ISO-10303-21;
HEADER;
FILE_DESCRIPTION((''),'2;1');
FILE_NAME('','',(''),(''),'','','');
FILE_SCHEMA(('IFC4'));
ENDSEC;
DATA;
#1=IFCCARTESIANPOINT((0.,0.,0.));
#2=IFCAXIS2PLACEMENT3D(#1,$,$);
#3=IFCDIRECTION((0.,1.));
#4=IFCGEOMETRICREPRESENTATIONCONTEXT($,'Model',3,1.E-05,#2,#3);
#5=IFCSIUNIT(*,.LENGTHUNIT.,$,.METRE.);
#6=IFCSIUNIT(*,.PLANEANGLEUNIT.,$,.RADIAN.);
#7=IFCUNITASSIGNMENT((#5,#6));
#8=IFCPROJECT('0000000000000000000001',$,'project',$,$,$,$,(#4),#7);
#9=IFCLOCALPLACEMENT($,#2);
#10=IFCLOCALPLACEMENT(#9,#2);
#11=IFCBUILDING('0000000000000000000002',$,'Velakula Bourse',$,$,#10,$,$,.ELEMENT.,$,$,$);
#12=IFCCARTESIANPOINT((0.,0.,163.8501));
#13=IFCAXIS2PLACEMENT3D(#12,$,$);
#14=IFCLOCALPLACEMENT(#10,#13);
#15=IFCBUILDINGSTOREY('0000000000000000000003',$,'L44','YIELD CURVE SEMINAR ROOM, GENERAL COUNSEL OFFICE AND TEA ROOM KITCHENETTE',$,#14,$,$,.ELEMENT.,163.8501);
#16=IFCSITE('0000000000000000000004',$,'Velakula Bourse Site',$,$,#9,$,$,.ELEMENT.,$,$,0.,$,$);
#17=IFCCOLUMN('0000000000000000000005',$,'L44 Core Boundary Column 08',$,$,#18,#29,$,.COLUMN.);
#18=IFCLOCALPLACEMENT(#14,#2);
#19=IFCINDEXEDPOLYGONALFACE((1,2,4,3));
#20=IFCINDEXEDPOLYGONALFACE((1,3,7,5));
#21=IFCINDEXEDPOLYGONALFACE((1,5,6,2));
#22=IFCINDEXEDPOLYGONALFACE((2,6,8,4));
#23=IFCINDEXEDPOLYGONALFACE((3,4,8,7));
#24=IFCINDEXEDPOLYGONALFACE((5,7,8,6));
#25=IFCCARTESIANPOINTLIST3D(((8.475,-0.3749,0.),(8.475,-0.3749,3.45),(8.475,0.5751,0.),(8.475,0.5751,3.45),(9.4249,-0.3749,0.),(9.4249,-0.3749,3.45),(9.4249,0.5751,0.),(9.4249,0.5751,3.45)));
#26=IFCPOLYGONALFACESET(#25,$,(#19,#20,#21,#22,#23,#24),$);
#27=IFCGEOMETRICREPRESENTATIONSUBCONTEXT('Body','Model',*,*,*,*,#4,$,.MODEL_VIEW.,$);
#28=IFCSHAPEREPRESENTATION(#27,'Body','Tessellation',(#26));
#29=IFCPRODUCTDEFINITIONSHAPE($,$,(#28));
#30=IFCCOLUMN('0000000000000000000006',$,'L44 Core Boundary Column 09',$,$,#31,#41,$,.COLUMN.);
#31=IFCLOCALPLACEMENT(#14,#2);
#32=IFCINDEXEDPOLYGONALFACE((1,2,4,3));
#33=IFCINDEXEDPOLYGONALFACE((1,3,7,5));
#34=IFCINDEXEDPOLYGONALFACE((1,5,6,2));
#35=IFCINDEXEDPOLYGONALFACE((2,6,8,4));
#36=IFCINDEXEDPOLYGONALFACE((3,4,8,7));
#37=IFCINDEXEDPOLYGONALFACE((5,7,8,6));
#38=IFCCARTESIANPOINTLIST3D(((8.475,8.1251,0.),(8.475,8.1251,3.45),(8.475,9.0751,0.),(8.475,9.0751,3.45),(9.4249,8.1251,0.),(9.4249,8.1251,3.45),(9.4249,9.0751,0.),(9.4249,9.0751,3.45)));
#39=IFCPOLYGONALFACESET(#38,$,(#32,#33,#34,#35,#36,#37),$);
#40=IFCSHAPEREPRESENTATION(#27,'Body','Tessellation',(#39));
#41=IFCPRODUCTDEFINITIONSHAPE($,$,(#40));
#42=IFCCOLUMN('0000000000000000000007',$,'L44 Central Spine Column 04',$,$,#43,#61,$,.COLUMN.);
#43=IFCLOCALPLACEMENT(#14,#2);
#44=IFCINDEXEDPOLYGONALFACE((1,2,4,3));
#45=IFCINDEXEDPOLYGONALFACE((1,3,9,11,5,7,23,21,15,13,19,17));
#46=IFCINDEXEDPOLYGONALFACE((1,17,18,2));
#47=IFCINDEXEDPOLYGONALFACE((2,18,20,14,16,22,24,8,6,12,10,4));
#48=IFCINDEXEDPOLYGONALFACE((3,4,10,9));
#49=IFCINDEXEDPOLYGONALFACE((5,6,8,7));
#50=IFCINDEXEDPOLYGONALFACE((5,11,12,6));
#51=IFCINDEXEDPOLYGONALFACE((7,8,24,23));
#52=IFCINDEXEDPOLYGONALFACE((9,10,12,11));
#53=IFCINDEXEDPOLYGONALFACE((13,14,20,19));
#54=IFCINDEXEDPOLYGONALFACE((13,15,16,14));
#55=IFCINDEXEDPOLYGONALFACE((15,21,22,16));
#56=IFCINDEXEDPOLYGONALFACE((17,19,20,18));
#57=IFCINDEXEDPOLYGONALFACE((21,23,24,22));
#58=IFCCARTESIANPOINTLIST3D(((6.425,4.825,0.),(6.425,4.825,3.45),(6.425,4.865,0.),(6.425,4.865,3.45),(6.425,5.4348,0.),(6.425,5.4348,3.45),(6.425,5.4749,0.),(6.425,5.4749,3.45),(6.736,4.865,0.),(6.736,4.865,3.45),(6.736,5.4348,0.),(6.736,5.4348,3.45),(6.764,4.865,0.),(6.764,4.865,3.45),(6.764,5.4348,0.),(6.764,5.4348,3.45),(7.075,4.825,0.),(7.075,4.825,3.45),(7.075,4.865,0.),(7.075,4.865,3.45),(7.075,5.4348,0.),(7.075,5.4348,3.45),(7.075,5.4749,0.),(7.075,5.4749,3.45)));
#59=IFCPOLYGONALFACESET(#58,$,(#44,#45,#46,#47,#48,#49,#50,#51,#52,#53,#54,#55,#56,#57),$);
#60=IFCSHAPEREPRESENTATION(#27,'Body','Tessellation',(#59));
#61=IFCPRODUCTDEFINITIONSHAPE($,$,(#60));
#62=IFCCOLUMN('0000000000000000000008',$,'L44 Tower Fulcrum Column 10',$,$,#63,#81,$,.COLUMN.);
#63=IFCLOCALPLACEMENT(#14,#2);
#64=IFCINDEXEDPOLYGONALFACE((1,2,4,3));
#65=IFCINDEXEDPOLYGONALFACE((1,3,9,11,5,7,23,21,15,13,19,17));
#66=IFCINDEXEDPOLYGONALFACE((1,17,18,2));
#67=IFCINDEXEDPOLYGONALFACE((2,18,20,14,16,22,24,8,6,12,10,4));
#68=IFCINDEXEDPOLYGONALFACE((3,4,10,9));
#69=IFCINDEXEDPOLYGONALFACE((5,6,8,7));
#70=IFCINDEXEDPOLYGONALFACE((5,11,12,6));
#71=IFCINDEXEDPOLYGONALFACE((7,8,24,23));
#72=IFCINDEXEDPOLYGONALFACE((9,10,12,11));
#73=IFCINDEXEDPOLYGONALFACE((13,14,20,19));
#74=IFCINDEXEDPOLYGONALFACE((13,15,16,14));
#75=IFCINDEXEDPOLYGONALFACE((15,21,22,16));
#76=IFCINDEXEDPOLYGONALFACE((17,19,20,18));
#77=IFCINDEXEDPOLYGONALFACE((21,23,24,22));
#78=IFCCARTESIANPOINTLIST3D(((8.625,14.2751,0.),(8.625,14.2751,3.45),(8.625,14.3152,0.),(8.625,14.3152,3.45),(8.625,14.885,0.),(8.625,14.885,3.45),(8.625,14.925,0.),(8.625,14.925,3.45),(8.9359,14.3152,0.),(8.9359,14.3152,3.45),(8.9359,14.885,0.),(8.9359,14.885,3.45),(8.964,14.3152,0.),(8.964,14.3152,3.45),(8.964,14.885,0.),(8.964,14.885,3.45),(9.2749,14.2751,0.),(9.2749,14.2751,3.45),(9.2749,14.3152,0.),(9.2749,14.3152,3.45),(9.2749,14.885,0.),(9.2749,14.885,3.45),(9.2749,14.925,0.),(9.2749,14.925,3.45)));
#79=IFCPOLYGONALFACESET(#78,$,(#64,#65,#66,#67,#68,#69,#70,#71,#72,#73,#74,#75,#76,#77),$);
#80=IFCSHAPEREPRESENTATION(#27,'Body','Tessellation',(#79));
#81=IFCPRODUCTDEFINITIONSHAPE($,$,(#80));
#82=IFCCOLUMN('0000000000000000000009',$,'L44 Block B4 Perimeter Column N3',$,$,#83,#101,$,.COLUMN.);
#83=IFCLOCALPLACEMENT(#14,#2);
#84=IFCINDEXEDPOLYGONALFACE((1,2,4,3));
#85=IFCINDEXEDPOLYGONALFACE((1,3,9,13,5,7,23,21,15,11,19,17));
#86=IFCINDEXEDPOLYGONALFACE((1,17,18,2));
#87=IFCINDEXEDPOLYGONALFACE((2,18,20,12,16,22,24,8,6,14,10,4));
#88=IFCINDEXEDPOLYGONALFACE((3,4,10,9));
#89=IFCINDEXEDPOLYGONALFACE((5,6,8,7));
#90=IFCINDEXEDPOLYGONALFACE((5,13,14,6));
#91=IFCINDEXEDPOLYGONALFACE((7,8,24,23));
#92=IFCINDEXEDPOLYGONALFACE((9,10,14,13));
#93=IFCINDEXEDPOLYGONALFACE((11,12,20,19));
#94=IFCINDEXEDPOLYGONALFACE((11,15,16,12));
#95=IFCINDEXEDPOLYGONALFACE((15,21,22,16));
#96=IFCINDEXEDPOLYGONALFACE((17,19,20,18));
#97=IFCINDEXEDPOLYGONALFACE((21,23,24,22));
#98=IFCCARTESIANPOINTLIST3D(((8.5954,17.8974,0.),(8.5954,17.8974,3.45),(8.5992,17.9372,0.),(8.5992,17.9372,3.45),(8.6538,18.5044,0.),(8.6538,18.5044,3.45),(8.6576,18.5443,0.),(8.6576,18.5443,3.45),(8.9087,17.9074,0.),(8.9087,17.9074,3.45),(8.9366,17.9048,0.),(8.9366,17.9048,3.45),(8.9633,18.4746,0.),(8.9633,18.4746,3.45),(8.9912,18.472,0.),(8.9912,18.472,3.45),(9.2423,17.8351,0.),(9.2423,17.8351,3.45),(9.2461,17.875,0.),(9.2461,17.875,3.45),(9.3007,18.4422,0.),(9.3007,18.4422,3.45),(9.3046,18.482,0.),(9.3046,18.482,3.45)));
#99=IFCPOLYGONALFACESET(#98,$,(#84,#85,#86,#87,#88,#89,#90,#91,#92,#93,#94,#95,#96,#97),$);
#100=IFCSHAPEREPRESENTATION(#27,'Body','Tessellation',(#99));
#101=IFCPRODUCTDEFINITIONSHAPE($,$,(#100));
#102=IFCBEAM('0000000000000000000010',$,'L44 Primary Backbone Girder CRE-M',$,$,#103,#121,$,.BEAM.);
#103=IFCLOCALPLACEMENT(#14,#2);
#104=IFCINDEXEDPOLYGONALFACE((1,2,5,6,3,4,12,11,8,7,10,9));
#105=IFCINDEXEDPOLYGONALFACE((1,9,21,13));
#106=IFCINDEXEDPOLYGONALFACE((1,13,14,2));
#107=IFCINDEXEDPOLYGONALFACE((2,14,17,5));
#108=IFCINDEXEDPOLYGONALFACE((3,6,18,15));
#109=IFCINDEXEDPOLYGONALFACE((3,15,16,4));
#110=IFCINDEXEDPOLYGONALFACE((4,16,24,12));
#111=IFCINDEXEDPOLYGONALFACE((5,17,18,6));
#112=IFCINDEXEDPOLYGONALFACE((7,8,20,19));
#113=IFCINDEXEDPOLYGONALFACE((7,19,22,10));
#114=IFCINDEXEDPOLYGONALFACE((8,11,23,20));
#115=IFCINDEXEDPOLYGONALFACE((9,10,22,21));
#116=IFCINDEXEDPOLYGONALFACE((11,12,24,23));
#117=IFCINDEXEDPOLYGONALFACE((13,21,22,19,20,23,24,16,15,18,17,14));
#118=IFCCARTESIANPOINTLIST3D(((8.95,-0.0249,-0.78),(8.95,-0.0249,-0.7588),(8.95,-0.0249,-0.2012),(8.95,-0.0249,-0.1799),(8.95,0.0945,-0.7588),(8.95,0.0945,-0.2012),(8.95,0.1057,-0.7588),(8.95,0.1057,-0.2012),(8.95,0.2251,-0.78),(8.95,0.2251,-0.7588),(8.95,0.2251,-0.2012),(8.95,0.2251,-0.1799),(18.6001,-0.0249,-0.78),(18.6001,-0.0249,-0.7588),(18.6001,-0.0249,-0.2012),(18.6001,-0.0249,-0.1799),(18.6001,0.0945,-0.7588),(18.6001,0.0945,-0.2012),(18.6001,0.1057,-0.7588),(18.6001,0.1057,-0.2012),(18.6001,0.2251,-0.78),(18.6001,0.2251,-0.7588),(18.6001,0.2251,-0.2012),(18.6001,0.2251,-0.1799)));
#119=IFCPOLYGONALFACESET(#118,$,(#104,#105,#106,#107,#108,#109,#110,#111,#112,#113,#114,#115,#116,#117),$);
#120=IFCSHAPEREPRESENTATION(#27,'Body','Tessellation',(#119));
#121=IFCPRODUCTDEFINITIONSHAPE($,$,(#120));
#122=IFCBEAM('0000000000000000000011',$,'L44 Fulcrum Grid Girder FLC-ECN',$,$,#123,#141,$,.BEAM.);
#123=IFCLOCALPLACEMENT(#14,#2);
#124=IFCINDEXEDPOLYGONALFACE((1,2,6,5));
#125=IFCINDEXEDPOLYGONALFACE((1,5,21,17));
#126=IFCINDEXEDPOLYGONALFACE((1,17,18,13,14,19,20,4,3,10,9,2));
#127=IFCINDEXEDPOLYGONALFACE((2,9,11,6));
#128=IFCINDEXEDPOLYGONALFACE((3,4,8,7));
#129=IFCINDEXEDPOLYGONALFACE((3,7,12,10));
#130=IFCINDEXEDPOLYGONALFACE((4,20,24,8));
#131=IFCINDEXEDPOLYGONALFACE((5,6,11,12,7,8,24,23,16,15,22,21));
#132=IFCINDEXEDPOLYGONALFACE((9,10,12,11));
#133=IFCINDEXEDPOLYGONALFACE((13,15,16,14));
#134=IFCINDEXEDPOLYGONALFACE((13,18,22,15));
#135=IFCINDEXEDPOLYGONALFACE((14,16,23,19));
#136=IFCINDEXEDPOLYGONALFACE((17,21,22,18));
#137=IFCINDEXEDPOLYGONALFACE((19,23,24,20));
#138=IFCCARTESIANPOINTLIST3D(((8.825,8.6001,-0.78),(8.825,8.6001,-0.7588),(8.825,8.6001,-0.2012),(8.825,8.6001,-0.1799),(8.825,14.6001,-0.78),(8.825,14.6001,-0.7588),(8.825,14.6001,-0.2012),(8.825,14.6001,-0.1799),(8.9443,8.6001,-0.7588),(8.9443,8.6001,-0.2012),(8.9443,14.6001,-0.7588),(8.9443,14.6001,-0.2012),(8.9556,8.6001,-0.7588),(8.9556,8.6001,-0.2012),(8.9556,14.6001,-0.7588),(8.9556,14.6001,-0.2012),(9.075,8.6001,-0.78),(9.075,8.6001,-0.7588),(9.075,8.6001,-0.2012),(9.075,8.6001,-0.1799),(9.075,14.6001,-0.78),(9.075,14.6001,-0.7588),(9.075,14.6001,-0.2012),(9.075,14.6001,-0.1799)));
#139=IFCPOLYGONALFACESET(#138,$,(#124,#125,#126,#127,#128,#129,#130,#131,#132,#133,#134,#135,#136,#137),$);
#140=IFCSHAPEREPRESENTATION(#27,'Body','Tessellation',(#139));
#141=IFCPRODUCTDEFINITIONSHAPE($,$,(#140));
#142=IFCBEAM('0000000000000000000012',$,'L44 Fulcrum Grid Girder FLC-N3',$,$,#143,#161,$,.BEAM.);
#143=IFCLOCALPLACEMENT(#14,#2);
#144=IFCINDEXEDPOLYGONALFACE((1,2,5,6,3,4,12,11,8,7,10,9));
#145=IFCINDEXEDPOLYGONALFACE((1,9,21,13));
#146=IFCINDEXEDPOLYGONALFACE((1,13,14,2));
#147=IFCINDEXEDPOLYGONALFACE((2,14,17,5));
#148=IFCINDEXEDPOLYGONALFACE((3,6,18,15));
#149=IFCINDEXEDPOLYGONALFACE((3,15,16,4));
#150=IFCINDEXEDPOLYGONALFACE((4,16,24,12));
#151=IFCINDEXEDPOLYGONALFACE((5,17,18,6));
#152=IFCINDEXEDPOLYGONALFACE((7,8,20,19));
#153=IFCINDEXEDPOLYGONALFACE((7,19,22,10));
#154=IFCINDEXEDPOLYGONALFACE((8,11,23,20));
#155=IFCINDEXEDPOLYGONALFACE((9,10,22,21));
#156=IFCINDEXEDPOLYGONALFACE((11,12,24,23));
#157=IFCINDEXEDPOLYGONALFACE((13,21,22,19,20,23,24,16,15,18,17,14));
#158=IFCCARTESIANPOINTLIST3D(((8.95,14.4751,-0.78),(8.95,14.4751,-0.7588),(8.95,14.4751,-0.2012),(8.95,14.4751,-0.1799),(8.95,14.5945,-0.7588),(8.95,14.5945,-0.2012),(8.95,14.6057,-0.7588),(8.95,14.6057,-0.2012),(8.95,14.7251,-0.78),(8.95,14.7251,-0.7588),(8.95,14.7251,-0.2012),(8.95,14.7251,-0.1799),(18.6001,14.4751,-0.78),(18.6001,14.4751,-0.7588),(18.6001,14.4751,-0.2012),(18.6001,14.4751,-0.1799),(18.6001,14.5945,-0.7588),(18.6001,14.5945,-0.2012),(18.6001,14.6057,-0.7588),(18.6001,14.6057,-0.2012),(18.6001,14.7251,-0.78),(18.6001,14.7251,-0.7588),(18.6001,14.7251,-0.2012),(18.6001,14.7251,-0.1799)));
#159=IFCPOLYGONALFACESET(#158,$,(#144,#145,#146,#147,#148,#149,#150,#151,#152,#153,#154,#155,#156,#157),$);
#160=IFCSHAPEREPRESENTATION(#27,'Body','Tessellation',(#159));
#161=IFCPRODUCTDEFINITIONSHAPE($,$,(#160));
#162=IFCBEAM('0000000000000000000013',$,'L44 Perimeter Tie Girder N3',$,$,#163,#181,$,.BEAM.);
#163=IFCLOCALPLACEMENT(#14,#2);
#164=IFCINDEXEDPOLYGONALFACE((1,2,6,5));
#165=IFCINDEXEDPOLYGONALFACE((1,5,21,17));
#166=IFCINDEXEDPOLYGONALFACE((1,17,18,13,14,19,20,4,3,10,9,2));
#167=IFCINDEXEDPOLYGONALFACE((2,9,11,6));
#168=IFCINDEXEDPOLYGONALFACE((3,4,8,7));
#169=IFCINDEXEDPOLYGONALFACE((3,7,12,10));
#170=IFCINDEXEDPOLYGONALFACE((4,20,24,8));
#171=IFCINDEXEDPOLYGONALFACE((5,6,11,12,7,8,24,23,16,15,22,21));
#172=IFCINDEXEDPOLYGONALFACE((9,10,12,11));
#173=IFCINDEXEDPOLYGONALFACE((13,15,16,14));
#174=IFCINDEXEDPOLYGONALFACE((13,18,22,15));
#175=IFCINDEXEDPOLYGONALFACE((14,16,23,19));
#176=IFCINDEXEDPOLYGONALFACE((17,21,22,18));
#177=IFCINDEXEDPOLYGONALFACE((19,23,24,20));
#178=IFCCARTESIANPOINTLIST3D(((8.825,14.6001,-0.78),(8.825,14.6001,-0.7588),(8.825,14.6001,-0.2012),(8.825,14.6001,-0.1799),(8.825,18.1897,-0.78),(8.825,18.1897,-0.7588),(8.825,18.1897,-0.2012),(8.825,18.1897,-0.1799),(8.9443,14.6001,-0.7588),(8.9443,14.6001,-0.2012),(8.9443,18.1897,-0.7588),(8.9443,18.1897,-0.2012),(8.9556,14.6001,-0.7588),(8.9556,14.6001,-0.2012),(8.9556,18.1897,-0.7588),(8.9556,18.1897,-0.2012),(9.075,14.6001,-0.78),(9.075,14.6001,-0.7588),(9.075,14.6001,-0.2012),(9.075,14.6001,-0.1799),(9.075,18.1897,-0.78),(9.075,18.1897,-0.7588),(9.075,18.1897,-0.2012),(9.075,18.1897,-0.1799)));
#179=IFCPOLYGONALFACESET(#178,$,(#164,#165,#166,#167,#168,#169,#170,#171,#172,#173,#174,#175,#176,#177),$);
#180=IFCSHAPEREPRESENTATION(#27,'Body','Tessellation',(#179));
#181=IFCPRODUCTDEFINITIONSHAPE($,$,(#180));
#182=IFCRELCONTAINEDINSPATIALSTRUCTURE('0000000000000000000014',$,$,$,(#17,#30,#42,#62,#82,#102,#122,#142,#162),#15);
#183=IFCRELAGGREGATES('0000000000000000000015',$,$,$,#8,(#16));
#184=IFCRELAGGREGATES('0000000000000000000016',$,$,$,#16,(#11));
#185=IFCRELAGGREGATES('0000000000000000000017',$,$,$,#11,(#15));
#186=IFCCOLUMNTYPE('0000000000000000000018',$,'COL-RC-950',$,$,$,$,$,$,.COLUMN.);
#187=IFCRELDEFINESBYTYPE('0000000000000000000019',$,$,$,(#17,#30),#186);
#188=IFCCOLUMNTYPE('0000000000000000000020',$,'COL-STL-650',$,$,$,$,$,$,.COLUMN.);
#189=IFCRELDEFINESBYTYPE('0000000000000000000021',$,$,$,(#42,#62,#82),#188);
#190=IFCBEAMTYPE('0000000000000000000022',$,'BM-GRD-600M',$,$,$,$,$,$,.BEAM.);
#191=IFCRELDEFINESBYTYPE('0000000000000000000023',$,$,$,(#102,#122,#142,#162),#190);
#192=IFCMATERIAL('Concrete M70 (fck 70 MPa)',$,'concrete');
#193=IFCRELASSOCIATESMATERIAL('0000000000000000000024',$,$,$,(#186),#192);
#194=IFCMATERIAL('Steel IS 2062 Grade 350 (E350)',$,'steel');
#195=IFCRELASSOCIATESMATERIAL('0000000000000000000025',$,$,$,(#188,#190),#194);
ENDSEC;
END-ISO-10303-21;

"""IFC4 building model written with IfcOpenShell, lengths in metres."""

from ifc_helpers import new_model, si_unit, direction, frame, origin, origin_2d, place, context, subcontext, project, spatial, rectangle, i_section, extrude, material, material_profile, profile_set, type_object, element, save


model = new_model("IFC4")

# Units and contexts
model_context = context("Model", 3, precision=1e-05, world=origin(), true_north=direction((0.0, 1.0)))
body_context = subcontext(model_context, "Body", "Model", "MODEL_VIEW")
ifc_project = project(units=[si_unit("LENGTHUNIT", "METRE"), si_unit("PLANEANGLEUNIT", "RADIAN")], contexts=[model_context])

# Site, building, storey
site_placement = place(None, origin())
site = spatial("IfcSite", under=ifc_project, at=site_placement, Name="Velakula Bourse Site", CompositionType="ELEMENT", RefElevation=0.0)
building_placement = place(site_placement, origin())
building = spatial("IfcBuilding", under=site, at=building_placement, Name="Velakula Bourse", CompositionType="ELEMENT")
storey_placement = place(building_placement, frame((0.0, 0.0, 163.8501)))
storey = spatial("IfcBuildingStorey", under=building, at=storey_placement, Name="L44", Description="YIELD CURVE SEMINAR ROOM, GENERAL COUNSEL OFFICE AND TEA ROOM KITCHENETTE", CompositionType="ELEMENT", Elevation=163.8501)

# Columns
ifc_material_1 = material(Name="Concrete M70 (fck 70 MPa)", Category="concrete")
ifc_material_profile_1 = material_profile(ifc_material_1, rectangle(XDim=0.95, YDim=0.95, at=origin_2d()), Name="Concrete M70 (fck 70 MPa)")
ifc_profile_set_1 = profile_set([ifc_material_profile_1], Name="Concrete M70 (fck 70 MPa)")
column_type_1 = type_object("IfcColumnType", Name="COL-RC-950", PredefinedType="COLUMN", material=ifc_profile_set_1)
for number, where, z_axis, x_axis, name in (
    (1, (8.95, 0.1001, 0.0), (0.0, 0.0, 1.0), (1.0, 0.0, 0.0), "L44 Core Boundary Column 08"),
    (2, (8.95, 8.6001, 0.0), (0.0, 0.0, 1.0), (1.0, 0.0, 0.0), "L44 Core Boundary Column 09"),
):
    element("IfcColumn", number, at=place(storey_placement, frame(where, z_axis=z_axis, x_axis=x_axis)), inside=storey, type_object=column_type_1, Name=name, PredefinedType="COLUMN", context=body_context, shape_type="SweptSolid", body=[
        extrude(rectangle(XDim=0.95, YDim=0.95, at=origin_2d()), origin(), (0.0, 0.0, 1.0), 3.45),
    ])
ifc_material_2 = material(Name="Steel IS 2062 Grade 350 (E350)", Category="steel")
ifc_material_profile_2 = material_profile(ifc_material_2, i_section(OverallWidth=0.6499, OverallDepth=0.6499, WebThickness=0.0281, FlangeThickness=0.04, at=origin_2d()), Name="Steel IS 2062 Grade 350 (E350)")
ifc_profile_set_2 = profile_set([ifc_material_profile_2], Name="Steel IS 2062 Grade 350 (E350)")
column_type_2 = type_object("IfcColumnType", Name="COL-STL-650", PredefinedType="COLUMN", material=ifc_profile_set_2)
for number, where, z_axis, x_axis, name in (
    (3, (6.75, 5.1499, 0.0), (0.0, 0.0, 1.0), (1.0, 0.0, 0.0), "L44 Central Spine Column 04"),
    (4, (8.95, 14.6001, 0.0), (0.0, 0.0, 1.0), (1.0, 0.0, 0.0), "L44 Tower Fulcrum Column 10"),
    (5, (8.95, 18.1897, 0.0), (0.0, 0.0, 1.0), (0.995396, -0.095846, 0.0), "L44 Block B4 Perimeter Column N3"),
):
    element("IfcColumn", number, at=place(storey_placement, frame(where, z_axis=z_axis, x_axis=x_axis)), inside=storey, type_object=column_type_2, Name=name, PredefinedType="COLUMN", context=body_context, shape_type="SweptSolid", body=[
        extrude(i_section(OverallWidth=0.6499, OverallDepth=0.6499, WebThickness=0.0281, FlangeThickness=0.04, at=origin_2d()), origin(), (0.0, 0.0, 1.0), 3.45),
    ])

# Beams
ifc_material_profile_3 = material_profile(ifc_material_2, i_section(OverallWidth=0.25, OverallDepth=0.6001, WebThickness=0.0112, FlangeThickness=0.0212, at=origin_2d()), Name="Steel IS 2062 Grade 350 (E350)")
ifc_profile_set_3 = profile_set([ifc_material_profile_3], Name="Steel IS 2062 Grade 350 (E350)")
beam_type_1 = type_object("IfcBeamType", Name="BM-GRD-600M", PredefinedType="BEAM", material=ifc_profile_set_3)
beam_1_placement = place(storey_placement, frame((8.95, 0.1001, -0.48), z_axis=(1.0, 0.0, 0.0), x_axis=(0.0, 1.0, 0.0)))
element("IfcBeam", 6, at=beam_1_placement, inside=storey, type_object=beam_type_1, Name="L44 Primary Backbone Girder CRE-M", PredefinedType="BEAM", context=body_context, shape_type="SweptSolid", body=[
    extrude(i_section(OverallWidth=0.25, OverallDepth=0.6001, WebThickness=0.0112, FlangeThickness=0.0212, at=origin_2d()), origin(), (0.0, 0.0, 1.0), 9.6501),
])
beam_2_placement = place(storey_placement, frame((8.95, 8.6001, -0.48), z_axis=(0.0, 1.0, 0.0), x_axis=(-1.0, 0.0, 0.0)))
element("IfcBeam", 7, at=beam_2_placement, inside=storey, type_object=beam_type_1, Name="L44 Fulcrum Grid Girder FLC-ECN", PredefinedType="BEAM", context=body_context, shape_type="SweptSolid", body=[
    extrude(i_section(OverallWidth=0.25, OverallDepth=0.6001, WebThickness=0.0112, FlangeThickness=0.0212, at=origin_2d()), origin(), (0.0, 0.0, 1.0), 6.0),
])
beam_3_placement = place(storey_placement, frame((8.95, 14.6001, -0.48), z_axis=(1.0, 0.0, 0.0), x_axis=(0.0, 1.0, 0.0)))
element("IfcBeam", 8, at=beam_3_placement, inside=storey, type_object=beam_type_1, Name="L44 Fulcrum Grid Girder FLC-N3", PredefinedType="BEAM", context=body_context, shape_type="SweptSolid", body=[
    extrude(i_section(OverallWidth=0.25, OverallDepth=0.6001, WebThickness=0.0112, FlangeThickness=0.0212, at=origin_2d()), origin(), (0.0, 0.0, 1.0), 9.6501),
])
beam_4_placement = place(storey_placement, frame((8.95, 14.6001, -0.48), z_axis=(0.0, 1.0, 0.0), x_axis=(-1.0, 0.0, 0.0)))
element("IfcBeam", 9, at=beam_4_placement, inside=storey, type_object=beam_type_1, Name="L44 Perimeter Tie Girder N3", PredefinedType="BEAM", context=body_context, shape_type="SweptSolid", body=[
    extrude(i_section(OverallWidth=0.25, OverallDepth=0.6001, WebThickness=0.0112, FlangeThickness=0.0212, at=origin_2d()), origin(), (0.0, 0.0, 1.0), 3.5896),
])

save(model, "model.ifc")
